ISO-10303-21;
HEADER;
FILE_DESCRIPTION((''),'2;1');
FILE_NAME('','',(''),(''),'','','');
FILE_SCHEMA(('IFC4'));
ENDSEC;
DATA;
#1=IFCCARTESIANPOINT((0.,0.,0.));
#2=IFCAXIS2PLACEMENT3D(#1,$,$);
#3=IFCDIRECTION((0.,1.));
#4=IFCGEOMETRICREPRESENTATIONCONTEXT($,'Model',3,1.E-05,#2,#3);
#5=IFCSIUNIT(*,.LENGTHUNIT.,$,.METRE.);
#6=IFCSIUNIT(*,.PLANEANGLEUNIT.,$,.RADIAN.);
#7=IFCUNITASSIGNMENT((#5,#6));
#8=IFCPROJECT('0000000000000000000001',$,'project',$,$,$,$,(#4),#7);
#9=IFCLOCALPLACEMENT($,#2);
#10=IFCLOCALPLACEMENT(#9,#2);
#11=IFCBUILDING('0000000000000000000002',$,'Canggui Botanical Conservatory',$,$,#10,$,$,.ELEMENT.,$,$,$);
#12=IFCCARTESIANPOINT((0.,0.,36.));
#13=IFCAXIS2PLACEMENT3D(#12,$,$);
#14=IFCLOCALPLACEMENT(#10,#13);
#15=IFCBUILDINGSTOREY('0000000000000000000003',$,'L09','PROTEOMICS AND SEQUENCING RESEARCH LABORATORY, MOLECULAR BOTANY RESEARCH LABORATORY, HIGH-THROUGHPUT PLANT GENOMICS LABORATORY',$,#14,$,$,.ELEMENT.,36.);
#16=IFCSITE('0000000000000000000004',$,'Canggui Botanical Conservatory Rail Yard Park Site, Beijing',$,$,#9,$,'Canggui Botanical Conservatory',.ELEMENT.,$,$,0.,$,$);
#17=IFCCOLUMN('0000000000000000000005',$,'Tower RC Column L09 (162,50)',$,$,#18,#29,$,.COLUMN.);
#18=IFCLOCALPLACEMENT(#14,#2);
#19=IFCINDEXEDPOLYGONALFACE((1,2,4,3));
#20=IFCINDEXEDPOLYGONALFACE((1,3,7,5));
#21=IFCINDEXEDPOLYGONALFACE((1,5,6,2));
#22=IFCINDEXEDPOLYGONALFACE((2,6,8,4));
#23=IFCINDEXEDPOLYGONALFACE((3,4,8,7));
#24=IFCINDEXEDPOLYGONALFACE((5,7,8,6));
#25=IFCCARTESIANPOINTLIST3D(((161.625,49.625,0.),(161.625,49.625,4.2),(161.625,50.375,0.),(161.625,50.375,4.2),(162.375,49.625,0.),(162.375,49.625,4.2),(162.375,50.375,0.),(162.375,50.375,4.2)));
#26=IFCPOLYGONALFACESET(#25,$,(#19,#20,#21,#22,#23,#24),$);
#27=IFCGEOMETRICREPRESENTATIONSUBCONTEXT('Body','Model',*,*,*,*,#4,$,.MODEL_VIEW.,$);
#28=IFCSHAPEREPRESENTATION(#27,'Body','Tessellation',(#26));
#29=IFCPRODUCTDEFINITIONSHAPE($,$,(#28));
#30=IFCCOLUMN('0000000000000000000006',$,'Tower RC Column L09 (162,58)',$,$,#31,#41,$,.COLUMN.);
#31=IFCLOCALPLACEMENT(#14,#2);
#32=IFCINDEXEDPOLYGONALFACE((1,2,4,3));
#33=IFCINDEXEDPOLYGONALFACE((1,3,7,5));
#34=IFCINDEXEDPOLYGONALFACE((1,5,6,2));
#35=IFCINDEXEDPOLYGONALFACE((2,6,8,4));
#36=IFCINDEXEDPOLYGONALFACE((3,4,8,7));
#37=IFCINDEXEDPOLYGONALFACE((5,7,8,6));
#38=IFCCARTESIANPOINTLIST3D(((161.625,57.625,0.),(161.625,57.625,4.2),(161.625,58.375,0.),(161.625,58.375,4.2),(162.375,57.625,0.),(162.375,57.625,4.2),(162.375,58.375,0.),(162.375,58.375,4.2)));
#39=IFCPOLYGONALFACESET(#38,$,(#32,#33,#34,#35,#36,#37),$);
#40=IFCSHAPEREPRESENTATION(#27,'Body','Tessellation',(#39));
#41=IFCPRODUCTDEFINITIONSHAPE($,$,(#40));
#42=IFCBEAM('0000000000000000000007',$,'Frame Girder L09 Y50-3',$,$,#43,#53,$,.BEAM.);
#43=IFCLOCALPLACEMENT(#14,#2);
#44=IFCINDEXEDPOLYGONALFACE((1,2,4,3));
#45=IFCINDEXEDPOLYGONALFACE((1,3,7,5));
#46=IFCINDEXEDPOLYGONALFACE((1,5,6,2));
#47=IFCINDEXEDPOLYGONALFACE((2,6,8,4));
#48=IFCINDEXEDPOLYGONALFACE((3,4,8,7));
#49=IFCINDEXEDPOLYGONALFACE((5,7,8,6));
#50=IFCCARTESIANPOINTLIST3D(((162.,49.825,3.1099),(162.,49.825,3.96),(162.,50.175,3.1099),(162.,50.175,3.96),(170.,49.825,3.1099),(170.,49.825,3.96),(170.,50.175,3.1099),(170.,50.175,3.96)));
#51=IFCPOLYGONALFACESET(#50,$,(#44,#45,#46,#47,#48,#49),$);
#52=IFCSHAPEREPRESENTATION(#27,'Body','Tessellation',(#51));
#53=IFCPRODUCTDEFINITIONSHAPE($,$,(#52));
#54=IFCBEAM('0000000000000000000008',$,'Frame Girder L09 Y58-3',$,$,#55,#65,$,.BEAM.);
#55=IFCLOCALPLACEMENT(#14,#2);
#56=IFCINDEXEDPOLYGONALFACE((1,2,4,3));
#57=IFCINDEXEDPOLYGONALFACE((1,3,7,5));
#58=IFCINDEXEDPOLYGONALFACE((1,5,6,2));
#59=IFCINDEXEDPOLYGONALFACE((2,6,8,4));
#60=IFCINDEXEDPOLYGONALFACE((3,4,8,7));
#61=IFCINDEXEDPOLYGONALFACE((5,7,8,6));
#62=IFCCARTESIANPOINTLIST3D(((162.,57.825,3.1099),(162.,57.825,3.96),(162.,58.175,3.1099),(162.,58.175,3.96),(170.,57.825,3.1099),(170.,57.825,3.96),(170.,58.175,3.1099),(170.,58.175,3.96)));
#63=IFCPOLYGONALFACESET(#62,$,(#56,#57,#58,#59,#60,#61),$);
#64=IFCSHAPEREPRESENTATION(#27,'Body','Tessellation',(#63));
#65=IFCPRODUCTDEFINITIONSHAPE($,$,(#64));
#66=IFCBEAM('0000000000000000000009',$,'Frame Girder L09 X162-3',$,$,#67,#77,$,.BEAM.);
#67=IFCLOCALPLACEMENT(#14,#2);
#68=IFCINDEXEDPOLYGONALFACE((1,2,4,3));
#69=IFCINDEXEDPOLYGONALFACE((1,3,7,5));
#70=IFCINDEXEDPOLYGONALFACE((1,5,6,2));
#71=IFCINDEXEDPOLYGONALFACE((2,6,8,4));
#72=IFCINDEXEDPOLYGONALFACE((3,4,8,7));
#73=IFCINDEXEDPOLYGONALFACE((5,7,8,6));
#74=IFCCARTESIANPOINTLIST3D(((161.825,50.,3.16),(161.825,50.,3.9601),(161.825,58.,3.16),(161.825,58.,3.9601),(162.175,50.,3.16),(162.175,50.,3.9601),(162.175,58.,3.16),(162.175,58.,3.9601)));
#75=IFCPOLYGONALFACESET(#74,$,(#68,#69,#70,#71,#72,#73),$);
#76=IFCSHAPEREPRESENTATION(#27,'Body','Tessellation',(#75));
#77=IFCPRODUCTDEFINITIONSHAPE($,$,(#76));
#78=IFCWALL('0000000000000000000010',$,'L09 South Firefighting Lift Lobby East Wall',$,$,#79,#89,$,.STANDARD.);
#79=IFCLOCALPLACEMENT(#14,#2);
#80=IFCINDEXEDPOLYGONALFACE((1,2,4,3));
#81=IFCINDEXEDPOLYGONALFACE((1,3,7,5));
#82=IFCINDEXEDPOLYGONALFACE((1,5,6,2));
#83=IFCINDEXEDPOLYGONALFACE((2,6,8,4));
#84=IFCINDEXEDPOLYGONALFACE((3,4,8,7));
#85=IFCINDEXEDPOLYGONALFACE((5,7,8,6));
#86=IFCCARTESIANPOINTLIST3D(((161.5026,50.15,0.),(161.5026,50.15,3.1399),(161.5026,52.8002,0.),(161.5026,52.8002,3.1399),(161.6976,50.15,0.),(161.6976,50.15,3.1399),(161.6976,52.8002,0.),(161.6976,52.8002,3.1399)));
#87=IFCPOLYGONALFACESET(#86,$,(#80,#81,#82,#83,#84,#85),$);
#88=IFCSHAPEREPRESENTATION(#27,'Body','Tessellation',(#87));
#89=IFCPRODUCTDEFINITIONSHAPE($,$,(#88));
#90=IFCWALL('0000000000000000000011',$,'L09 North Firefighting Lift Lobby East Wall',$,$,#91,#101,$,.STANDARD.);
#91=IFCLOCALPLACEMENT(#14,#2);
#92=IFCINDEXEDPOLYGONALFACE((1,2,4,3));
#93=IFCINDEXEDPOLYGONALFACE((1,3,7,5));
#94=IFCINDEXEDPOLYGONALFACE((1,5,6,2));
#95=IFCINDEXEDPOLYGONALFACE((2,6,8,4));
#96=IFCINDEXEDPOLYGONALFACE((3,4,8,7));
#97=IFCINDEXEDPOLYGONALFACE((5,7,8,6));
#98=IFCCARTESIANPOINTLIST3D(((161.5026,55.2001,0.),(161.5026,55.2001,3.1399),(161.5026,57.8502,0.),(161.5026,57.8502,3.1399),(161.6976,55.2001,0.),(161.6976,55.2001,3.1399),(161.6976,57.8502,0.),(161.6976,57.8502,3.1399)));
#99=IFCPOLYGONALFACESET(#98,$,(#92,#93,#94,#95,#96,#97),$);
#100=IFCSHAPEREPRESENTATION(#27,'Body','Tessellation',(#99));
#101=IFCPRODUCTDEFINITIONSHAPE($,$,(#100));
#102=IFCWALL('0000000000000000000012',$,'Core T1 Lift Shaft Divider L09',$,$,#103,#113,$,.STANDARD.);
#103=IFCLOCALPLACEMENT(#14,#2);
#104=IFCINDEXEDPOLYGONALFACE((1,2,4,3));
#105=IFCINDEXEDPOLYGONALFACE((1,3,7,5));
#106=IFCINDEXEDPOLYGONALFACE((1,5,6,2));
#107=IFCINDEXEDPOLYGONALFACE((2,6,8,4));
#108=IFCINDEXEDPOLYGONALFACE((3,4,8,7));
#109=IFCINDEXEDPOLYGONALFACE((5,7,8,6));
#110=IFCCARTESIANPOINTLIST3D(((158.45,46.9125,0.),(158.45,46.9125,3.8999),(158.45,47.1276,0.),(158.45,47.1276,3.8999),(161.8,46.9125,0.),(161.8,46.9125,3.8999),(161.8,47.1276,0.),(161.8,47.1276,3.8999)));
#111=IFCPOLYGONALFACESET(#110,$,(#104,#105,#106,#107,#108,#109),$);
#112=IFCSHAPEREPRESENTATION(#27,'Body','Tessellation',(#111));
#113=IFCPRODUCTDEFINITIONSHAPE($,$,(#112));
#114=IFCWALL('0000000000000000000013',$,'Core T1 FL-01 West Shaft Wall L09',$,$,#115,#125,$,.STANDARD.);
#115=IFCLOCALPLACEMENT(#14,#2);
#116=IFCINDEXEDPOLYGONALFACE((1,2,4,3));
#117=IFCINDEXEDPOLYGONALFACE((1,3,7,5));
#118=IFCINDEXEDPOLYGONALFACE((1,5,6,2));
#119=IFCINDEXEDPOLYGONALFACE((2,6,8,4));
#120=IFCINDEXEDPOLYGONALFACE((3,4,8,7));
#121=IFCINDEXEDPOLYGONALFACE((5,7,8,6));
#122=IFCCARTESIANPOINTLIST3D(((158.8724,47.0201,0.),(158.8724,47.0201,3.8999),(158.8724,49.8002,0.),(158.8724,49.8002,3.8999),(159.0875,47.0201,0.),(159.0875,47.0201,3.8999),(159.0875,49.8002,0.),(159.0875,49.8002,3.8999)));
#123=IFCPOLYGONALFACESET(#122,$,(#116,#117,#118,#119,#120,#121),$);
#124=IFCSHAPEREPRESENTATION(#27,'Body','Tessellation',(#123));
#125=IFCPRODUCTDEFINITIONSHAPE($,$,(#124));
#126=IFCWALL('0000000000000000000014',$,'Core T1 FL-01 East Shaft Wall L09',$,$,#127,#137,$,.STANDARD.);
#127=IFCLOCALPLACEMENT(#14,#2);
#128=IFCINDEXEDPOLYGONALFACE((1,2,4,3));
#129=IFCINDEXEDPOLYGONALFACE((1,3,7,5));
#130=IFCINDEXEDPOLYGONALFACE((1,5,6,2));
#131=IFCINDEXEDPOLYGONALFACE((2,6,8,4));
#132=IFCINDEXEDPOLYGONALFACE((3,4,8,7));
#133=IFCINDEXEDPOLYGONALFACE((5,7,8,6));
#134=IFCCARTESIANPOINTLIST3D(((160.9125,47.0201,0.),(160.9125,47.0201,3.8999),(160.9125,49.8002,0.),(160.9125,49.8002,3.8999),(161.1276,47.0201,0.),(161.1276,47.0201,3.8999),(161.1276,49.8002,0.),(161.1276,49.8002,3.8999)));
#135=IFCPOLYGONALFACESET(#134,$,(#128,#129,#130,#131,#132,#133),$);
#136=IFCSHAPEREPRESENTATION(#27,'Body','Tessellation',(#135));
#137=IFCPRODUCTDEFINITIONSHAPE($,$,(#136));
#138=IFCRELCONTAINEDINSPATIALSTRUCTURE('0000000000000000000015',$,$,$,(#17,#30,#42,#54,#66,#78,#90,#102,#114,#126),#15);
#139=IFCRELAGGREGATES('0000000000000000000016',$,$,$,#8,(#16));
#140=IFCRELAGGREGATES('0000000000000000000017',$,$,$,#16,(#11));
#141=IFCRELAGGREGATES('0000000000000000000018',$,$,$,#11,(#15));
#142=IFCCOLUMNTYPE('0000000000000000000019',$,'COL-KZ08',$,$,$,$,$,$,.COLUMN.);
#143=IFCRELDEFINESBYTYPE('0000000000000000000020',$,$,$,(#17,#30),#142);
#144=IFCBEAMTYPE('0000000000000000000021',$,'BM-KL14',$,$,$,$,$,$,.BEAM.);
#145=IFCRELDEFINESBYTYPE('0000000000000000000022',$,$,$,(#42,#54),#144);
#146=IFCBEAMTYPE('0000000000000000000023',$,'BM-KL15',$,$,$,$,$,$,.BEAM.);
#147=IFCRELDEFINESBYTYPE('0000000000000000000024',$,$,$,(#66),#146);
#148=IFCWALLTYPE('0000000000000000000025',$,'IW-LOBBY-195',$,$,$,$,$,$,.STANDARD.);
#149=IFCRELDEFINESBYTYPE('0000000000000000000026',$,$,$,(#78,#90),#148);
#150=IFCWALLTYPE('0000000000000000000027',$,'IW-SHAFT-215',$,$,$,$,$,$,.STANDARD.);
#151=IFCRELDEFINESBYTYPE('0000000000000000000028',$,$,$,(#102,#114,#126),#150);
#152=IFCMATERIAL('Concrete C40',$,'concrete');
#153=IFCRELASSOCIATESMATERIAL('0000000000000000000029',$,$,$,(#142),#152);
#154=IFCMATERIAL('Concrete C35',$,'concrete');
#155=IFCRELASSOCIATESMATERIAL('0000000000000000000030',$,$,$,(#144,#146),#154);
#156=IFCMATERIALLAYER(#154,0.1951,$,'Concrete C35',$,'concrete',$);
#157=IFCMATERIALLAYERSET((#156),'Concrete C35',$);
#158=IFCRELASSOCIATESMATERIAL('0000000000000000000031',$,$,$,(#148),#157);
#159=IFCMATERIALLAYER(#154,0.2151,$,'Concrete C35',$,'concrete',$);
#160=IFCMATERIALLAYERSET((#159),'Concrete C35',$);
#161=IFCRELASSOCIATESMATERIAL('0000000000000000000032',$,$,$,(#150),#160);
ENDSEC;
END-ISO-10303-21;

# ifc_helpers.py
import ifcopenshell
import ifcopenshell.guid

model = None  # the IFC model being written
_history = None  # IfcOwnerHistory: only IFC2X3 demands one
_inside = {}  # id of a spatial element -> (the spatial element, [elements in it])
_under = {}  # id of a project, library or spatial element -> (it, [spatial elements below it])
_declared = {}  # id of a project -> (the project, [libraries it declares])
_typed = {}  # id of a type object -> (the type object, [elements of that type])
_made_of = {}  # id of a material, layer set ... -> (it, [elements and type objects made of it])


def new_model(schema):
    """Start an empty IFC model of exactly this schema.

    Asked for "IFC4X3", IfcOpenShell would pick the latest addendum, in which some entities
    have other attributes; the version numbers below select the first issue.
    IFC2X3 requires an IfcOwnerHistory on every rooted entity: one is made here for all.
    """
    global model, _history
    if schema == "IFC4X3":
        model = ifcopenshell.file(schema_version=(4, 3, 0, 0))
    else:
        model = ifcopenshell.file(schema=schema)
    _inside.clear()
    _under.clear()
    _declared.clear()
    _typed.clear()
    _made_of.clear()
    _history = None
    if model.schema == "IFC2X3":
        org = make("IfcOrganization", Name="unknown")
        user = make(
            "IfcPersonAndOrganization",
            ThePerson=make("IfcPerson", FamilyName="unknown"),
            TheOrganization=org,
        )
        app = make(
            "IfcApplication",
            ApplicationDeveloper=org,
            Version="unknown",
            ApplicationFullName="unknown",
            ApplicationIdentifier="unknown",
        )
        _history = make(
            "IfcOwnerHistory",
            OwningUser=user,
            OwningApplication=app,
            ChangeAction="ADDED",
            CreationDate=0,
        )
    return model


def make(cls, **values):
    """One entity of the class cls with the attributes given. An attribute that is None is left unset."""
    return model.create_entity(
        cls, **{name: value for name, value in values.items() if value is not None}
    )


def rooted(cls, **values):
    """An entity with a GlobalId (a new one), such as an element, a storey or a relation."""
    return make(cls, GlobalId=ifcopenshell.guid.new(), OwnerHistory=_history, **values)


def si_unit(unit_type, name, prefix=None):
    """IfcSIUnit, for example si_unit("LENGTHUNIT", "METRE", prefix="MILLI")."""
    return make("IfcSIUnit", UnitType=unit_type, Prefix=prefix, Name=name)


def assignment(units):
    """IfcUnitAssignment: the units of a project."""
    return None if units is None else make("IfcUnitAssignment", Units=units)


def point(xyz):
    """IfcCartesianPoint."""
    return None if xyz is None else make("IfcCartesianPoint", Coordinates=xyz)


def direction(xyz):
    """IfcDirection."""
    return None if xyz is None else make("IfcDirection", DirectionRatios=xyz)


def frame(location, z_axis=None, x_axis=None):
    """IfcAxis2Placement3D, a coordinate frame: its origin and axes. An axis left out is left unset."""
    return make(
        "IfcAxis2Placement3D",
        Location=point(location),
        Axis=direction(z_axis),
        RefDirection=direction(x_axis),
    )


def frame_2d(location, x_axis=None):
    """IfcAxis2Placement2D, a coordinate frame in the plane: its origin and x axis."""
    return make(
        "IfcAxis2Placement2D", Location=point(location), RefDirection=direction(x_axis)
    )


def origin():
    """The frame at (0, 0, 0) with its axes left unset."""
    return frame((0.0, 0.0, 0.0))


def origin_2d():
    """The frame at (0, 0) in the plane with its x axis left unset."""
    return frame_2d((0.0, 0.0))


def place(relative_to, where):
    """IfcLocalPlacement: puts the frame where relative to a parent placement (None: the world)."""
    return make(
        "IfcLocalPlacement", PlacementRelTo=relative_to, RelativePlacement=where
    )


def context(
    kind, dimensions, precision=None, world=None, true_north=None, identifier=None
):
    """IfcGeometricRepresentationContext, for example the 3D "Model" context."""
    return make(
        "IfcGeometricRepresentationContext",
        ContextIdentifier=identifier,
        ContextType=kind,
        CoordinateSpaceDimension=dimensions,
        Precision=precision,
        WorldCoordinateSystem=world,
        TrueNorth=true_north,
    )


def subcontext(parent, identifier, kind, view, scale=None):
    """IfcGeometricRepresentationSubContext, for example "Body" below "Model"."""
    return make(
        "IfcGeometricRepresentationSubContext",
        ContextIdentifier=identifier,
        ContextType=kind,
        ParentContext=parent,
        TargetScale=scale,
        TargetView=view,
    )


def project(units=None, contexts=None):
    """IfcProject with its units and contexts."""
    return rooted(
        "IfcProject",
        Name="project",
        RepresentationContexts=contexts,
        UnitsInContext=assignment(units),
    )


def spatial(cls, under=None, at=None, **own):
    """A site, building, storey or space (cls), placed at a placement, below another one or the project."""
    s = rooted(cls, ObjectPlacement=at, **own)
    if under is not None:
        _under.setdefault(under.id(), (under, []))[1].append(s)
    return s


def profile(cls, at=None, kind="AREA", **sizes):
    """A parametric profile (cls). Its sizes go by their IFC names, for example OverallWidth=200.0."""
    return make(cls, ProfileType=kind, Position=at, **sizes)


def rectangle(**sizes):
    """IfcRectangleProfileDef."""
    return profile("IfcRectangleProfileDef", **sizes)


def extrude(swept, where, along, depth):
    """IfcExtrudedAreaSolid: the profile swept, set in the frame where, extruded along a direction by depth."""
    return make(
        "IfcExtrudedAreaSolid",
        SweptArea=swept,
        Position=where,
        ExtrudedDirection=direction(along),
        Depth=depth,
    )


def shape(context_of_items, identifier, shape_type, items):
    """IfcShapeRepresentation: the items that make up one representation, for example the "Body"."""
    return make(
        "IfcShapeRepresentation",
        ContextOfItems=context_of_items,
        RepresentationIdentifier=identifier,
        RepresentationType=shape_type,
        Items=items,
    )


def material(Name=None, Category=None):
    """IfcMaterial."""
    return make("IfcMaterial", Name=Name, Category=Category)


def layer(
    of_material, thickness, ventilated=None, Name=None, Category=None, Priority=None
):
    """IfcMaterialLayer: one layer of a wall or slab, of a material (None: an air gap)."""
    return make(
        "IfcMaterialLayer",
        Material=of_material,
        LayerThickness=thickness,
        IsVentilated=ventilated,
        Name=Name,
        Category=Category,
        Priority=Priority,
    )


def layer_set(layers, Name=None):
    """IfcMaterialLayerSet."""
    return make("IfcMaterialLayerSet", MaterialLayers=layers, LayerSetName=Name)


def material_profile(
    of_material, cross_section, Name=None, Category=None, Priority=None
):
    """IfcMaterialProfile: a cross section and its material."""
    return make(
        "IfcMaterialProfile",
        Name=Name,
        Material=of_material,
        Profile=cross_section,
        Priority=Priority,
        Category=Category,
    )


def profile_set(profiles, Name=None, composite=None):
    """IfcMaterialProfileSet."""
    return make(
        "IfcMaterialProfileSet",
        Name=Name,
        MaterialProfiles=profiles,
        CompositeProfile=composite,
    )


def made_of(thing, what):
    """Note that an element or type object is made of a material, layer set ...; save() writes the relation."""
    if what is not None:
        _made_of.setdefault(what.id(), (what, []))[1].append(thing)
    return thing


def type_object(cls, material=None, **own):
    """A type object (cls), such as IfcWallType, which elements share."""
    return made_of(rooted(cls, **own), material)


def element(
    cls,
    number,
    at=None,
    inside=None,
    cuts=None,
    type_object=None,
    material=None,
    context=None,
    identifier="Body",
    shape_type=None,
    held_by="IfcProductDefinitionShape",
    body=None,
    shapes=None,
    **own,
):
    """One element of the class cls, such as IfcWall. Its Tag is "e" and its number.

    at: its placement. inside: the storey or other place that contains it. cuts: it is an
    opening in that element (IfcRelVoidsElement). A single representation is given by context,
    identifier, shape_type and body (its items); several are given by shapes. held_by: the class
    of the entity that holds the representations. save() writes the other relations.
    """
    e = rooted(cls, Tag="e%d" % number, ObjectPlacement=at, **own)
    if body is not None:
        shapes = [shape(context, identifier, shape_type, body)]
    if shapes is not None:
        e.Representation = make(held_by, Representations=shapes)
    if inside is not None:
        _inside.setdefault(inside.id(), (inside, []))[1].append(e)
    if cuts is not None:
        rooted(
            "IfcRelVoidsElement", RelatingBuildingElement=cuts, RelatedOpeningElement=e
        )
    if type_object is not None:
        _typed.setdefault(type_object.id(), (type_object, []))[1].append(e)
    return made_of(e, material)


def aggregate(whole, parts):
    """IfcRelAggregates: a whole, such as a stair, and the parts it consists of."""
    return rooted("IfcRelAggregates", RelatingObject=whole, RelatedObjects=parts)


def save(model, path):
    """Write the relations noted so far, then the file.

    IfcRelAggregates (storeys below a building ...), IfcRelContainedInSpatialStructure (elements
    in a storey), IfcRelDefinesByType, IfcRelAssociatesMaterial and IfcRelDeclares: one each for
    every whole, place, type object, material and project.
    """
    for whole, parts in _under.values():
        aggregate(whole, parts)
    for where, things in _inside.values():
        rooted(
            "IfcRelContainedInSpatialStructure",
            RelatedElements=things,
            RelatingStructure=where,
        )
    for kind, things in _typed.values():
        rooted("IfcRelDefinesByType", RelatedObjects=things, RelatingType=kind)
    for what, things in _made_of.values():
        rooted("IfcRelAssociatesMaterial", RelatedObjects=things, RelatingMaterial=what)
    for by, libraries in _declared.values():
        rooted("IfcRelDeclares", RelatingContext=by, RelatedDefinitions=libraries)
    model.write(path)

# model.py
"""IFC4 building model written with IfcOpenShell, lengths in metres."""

from ifc_helpers import new_model, si_unit, direction, frame, frame_2d, origin, origin_2d, place, context, subcontext, project, spatial, rectangle, extrude, material, layer, layer_set, material_profile, profile_set, type_object, element, save


model = new_model("IFC4")

# Units and contexts
model_context = context("Model", 3, precision=1e-05, world=origin(), true_north=direction((0.0, 1.0)))
body_context = subcontext(model_context, "Body", "Model", "MODEL_VIEW")
ifc_project = project(units=[si_unit("LENGTHUNIT", "METRE"), si_unit("PLANEANGLEUNIT", "RADIAN")], contexts=[model_context])

# Site, building, storey
site_placement = place(None, origin())
site = spatial("IfcSite", under=ifc_project, at=site_placement, Name="Canggui Botanical Conservatory Rail Yard Park Site, Beijing", LongName="Canggui Botanical Conservatory", CompositionType="ELEMENT", RefElevation=0.0)
building_placement = place(site_placement, origin())
building = spatial("IfcBuilding", under=site, at=building_placement, Name="Canggui Botanical Conservatory", CompositionType="ELEMENT")
storey_placement = place(building_placement, frame((0.0, 0.0, 36.0)))
storey = spatial("IfcBuildingStorey", under=building, at=storey_placement, Name="L09", Description="PROTEOMICS AND SEQUENCING RESEARCH LABORATORY, MOLECULAR BOTANY RESEARCH LABORATORY, HIGH-THROUGHPUT PLANT GENOMICS LABORATORY", CompositionType="ELEMENT", Elevation=36.0)

# Columns
ifc_material_1 = material(Name="Concrete C40", Category="concrete")
ifc_material_profile_1 = material_profile(ifc_material_1, rectangle(XDim=0.75, YDim=0.75, at=origin_2d()), Name="RC 750x750")
ifc_profile_set_1 = profile_set([ifc_material_profile_1], Name="Concrete C40")
column_type = type_object("IfcColumnType", Name="COL-KZ08", PredefinedType="COLUMN", material=ifc_profile_set_1)
for number, where, z_axis, x_axis, name in (
    (1, (162.0, 50.0, 0.0), (0.0, 0.0, 1.0), (1.0, 0.0, 0.0), "Tower RC Column L09 (162,50)"),
    (2, (162.0, 58.0, 0.0), (0.0, 0.0, 1.0), (1.0, 0.0, 0.0), "Tower RC Column L09 (162,58)"),
):
    element("IfcColumn", number, at=place(storey_placement, frame(where, z_axis=z_axis, x_axis=x_axis)), inside=storey, type_object=column_type, Name=name, PredefinedType="COLUMN", context=body_context, shape_type="SweptSolid", body=[
        extrude(rectangle(XDim=0.75, YDim=0.75, at=origin_2d()), origin(), (0.0, 0.0, 1.0), 4.2),
    ])

# Beams
ifc_material_2 = material(Name="Concrete C35", Category="concrete")
ifc_material_profile_2 = material_profile(ifc_material_2, rectangle(XDim=0.3501, YDim=0.8501, at=origin_2d()), Name="RB 350x850")
ifc_profile_set_2 = profile_set([ifc_material_profile_2], Name="Concrete C35")
beam_type_1 = type_object("IfcBeamType", Name="BM-KL14", PredefinedType="BEAM", material=ifc_profile_set_2)
for number, where, z_axis, x_axis, name in (
    (3, (162.0, 50.0, 3.5349), (1.0, 0.0, 0.0), (0.0, 1.0, 0.0), "Frame Girder L09 Y50-3"),
    (4, (162.0, 58.0, 3.5349), (1.0, 0.0, 0.0), (0.0, 1.0, 0.0), "Frame Girder L09 Y58-3"),
):
    element("IfcBeam", number, at=place(storey_placement, frame(where, z_axis=z_axis, x_axis=x_axis)), inside=storey, type_object=beam_type_1, Name=name, PredefinedType="BEAM", context=body_context, shape_type="SweptSolid", body=[
        extrude(rectangle(XDim=0.3501, YDim=0.8501, at=origin_2d()), origin(), (0.0, 0.0, 1.0), 8.0),
    ])
ifc_material_profile_3 = material_profile(ifc_material_2, rectangle(XDim=0.3501, YDim=0.8, at=origin_2d()), Name="RB 350x800")
ifc_profile_set_3 = profile_set([ifc_material_profile_3], Name="Concrete C35")
beam_type_2 = type_object("IfcBeamType", Name="BM-KL15", PredefinedType="BEAM", material=ifc_profile_set_3)
beam_placement = place(storey_placement, frame((162.0, 50.0, 3.5601), z_axis=(0.0, 1.0, 0.0), x_axis=(-1.0, 0.0, 0.0)))
element("IfcBeam", 5, at=beam_placement, inside=storey, type_object=beam_type_2, Name="Frame Girder L09 X162-3", PredefinedType="BEAM", context=body_context, shape_type="SweptSolid", body=[
    extrude(rectangle(XDim=0.3501, YDim=0.8, at=origin_2d()), origin(), (0.0, 0.0, 1.0), 8.0),
])

# Walls
ifc_layer_1 = layer(ifc_material_2, 0.1951, Name="Concrete C35", Category="concrete")
ifc_layer_set_1 = layer_set([ifc_layer_1], Name="Concrete C35")
wall_type_1 = type_object("IfcWallType", Name="IW-LOBBY-195", PredefinedType="STANDARD", material=ifc_layer_set_1)
for number, where, z_axis, x_axis, name in (
    (6, (161.6001, 50.1499, 0.0), (0.0, 0.0, 1.0), (0.0, 1.0, 0.0), "L09 South Firefighting Lift Lobby East Wall"),
    (7, (161.6001, 55.2, 0.0), (0.0, 0.0, 1.0), (0.0, 1.0, 0.0), "L09 North Firefighting Lift Lobby East Wall"),
):
    element("IfcWall", number, at=place(storey_placement, frame(where, z_axis=z_axis, x_axis=x_axis)), inside=storey, type_object=wall_type_1, Name=name, PredefinedType="STANDARD", context=body_context, shape_type="SweptSolid", body=[
        extrude(rectangle(XDim=2.6501, YDim=0.1951, at=frame_2d((1.3252, 0.0))), origin(), (0.0, 0.0, 1.0), 3.1399),
    ])
ifc_layer_2 = layer(ifc_material_2, 0.2151, Name="Concrete C35", Category="concrete")
ifc_layer_set_2 = layer_set([ifc_layer_2], Name="Concrete C35")
wall_type_2 = type_object("IfcWallType", Name="IW-SHAFT-215", PredefinedType="STANDARD", material=ifc_layer_set_2)
wall_1_placement = place(storey_placement, frame((158.45, 47.02, 0.0), z_axis=(0.0, 0.0, 1.0), x_axis=(1.0, 0.0, 0.0)))
element("IfcWall", 8, at=wall_1_placement, inside=storey, type_object=wall_type_2, Name="Core T1 Lift Shaft Divider L09", PredefinedType="STANDARD", context=body_context, shape_type="SweptSolid", body=[
    extrude(rectangle(XDim=3.3501, YDim=0.2151, at=frame_2d((1.675, 0.0))), origin(), (0.0, 0.0, 1.0), 3.8999),
])
for number, where, z_axis, x_axis, name in (
    (9, (158.98, 47.02, 0.0), (0.0, 0.0, 1.0), (0.0, 1.0, 0.0), "Core T1 FL-01 West Shaft Wall L09"),
    (10, (161.02, 47.02, 0.0), (0.0, 0.0, 1.0), (0.0, 1.0, 0.0), "Core T1 FL-01 East Shaft Wall L09"),
):
    element("IfcWall", number, at=place(storey_placement, frame(where, z_axis=z_axis, x_axis=x_axis)), inside=storey, type_object=wall_type_2, Name=name, PredefinedType="STANDARD", context=body_context, shape_type="SweptSolid", body=[
        extrude(rectangle(XDim=2.78, YDim=0.2151, at=frame_2d((1.3901, 0.0))), origin(), (0.0, 0.0, 1.0), 3.8999),
    ])

save(model, "model.ifc")
